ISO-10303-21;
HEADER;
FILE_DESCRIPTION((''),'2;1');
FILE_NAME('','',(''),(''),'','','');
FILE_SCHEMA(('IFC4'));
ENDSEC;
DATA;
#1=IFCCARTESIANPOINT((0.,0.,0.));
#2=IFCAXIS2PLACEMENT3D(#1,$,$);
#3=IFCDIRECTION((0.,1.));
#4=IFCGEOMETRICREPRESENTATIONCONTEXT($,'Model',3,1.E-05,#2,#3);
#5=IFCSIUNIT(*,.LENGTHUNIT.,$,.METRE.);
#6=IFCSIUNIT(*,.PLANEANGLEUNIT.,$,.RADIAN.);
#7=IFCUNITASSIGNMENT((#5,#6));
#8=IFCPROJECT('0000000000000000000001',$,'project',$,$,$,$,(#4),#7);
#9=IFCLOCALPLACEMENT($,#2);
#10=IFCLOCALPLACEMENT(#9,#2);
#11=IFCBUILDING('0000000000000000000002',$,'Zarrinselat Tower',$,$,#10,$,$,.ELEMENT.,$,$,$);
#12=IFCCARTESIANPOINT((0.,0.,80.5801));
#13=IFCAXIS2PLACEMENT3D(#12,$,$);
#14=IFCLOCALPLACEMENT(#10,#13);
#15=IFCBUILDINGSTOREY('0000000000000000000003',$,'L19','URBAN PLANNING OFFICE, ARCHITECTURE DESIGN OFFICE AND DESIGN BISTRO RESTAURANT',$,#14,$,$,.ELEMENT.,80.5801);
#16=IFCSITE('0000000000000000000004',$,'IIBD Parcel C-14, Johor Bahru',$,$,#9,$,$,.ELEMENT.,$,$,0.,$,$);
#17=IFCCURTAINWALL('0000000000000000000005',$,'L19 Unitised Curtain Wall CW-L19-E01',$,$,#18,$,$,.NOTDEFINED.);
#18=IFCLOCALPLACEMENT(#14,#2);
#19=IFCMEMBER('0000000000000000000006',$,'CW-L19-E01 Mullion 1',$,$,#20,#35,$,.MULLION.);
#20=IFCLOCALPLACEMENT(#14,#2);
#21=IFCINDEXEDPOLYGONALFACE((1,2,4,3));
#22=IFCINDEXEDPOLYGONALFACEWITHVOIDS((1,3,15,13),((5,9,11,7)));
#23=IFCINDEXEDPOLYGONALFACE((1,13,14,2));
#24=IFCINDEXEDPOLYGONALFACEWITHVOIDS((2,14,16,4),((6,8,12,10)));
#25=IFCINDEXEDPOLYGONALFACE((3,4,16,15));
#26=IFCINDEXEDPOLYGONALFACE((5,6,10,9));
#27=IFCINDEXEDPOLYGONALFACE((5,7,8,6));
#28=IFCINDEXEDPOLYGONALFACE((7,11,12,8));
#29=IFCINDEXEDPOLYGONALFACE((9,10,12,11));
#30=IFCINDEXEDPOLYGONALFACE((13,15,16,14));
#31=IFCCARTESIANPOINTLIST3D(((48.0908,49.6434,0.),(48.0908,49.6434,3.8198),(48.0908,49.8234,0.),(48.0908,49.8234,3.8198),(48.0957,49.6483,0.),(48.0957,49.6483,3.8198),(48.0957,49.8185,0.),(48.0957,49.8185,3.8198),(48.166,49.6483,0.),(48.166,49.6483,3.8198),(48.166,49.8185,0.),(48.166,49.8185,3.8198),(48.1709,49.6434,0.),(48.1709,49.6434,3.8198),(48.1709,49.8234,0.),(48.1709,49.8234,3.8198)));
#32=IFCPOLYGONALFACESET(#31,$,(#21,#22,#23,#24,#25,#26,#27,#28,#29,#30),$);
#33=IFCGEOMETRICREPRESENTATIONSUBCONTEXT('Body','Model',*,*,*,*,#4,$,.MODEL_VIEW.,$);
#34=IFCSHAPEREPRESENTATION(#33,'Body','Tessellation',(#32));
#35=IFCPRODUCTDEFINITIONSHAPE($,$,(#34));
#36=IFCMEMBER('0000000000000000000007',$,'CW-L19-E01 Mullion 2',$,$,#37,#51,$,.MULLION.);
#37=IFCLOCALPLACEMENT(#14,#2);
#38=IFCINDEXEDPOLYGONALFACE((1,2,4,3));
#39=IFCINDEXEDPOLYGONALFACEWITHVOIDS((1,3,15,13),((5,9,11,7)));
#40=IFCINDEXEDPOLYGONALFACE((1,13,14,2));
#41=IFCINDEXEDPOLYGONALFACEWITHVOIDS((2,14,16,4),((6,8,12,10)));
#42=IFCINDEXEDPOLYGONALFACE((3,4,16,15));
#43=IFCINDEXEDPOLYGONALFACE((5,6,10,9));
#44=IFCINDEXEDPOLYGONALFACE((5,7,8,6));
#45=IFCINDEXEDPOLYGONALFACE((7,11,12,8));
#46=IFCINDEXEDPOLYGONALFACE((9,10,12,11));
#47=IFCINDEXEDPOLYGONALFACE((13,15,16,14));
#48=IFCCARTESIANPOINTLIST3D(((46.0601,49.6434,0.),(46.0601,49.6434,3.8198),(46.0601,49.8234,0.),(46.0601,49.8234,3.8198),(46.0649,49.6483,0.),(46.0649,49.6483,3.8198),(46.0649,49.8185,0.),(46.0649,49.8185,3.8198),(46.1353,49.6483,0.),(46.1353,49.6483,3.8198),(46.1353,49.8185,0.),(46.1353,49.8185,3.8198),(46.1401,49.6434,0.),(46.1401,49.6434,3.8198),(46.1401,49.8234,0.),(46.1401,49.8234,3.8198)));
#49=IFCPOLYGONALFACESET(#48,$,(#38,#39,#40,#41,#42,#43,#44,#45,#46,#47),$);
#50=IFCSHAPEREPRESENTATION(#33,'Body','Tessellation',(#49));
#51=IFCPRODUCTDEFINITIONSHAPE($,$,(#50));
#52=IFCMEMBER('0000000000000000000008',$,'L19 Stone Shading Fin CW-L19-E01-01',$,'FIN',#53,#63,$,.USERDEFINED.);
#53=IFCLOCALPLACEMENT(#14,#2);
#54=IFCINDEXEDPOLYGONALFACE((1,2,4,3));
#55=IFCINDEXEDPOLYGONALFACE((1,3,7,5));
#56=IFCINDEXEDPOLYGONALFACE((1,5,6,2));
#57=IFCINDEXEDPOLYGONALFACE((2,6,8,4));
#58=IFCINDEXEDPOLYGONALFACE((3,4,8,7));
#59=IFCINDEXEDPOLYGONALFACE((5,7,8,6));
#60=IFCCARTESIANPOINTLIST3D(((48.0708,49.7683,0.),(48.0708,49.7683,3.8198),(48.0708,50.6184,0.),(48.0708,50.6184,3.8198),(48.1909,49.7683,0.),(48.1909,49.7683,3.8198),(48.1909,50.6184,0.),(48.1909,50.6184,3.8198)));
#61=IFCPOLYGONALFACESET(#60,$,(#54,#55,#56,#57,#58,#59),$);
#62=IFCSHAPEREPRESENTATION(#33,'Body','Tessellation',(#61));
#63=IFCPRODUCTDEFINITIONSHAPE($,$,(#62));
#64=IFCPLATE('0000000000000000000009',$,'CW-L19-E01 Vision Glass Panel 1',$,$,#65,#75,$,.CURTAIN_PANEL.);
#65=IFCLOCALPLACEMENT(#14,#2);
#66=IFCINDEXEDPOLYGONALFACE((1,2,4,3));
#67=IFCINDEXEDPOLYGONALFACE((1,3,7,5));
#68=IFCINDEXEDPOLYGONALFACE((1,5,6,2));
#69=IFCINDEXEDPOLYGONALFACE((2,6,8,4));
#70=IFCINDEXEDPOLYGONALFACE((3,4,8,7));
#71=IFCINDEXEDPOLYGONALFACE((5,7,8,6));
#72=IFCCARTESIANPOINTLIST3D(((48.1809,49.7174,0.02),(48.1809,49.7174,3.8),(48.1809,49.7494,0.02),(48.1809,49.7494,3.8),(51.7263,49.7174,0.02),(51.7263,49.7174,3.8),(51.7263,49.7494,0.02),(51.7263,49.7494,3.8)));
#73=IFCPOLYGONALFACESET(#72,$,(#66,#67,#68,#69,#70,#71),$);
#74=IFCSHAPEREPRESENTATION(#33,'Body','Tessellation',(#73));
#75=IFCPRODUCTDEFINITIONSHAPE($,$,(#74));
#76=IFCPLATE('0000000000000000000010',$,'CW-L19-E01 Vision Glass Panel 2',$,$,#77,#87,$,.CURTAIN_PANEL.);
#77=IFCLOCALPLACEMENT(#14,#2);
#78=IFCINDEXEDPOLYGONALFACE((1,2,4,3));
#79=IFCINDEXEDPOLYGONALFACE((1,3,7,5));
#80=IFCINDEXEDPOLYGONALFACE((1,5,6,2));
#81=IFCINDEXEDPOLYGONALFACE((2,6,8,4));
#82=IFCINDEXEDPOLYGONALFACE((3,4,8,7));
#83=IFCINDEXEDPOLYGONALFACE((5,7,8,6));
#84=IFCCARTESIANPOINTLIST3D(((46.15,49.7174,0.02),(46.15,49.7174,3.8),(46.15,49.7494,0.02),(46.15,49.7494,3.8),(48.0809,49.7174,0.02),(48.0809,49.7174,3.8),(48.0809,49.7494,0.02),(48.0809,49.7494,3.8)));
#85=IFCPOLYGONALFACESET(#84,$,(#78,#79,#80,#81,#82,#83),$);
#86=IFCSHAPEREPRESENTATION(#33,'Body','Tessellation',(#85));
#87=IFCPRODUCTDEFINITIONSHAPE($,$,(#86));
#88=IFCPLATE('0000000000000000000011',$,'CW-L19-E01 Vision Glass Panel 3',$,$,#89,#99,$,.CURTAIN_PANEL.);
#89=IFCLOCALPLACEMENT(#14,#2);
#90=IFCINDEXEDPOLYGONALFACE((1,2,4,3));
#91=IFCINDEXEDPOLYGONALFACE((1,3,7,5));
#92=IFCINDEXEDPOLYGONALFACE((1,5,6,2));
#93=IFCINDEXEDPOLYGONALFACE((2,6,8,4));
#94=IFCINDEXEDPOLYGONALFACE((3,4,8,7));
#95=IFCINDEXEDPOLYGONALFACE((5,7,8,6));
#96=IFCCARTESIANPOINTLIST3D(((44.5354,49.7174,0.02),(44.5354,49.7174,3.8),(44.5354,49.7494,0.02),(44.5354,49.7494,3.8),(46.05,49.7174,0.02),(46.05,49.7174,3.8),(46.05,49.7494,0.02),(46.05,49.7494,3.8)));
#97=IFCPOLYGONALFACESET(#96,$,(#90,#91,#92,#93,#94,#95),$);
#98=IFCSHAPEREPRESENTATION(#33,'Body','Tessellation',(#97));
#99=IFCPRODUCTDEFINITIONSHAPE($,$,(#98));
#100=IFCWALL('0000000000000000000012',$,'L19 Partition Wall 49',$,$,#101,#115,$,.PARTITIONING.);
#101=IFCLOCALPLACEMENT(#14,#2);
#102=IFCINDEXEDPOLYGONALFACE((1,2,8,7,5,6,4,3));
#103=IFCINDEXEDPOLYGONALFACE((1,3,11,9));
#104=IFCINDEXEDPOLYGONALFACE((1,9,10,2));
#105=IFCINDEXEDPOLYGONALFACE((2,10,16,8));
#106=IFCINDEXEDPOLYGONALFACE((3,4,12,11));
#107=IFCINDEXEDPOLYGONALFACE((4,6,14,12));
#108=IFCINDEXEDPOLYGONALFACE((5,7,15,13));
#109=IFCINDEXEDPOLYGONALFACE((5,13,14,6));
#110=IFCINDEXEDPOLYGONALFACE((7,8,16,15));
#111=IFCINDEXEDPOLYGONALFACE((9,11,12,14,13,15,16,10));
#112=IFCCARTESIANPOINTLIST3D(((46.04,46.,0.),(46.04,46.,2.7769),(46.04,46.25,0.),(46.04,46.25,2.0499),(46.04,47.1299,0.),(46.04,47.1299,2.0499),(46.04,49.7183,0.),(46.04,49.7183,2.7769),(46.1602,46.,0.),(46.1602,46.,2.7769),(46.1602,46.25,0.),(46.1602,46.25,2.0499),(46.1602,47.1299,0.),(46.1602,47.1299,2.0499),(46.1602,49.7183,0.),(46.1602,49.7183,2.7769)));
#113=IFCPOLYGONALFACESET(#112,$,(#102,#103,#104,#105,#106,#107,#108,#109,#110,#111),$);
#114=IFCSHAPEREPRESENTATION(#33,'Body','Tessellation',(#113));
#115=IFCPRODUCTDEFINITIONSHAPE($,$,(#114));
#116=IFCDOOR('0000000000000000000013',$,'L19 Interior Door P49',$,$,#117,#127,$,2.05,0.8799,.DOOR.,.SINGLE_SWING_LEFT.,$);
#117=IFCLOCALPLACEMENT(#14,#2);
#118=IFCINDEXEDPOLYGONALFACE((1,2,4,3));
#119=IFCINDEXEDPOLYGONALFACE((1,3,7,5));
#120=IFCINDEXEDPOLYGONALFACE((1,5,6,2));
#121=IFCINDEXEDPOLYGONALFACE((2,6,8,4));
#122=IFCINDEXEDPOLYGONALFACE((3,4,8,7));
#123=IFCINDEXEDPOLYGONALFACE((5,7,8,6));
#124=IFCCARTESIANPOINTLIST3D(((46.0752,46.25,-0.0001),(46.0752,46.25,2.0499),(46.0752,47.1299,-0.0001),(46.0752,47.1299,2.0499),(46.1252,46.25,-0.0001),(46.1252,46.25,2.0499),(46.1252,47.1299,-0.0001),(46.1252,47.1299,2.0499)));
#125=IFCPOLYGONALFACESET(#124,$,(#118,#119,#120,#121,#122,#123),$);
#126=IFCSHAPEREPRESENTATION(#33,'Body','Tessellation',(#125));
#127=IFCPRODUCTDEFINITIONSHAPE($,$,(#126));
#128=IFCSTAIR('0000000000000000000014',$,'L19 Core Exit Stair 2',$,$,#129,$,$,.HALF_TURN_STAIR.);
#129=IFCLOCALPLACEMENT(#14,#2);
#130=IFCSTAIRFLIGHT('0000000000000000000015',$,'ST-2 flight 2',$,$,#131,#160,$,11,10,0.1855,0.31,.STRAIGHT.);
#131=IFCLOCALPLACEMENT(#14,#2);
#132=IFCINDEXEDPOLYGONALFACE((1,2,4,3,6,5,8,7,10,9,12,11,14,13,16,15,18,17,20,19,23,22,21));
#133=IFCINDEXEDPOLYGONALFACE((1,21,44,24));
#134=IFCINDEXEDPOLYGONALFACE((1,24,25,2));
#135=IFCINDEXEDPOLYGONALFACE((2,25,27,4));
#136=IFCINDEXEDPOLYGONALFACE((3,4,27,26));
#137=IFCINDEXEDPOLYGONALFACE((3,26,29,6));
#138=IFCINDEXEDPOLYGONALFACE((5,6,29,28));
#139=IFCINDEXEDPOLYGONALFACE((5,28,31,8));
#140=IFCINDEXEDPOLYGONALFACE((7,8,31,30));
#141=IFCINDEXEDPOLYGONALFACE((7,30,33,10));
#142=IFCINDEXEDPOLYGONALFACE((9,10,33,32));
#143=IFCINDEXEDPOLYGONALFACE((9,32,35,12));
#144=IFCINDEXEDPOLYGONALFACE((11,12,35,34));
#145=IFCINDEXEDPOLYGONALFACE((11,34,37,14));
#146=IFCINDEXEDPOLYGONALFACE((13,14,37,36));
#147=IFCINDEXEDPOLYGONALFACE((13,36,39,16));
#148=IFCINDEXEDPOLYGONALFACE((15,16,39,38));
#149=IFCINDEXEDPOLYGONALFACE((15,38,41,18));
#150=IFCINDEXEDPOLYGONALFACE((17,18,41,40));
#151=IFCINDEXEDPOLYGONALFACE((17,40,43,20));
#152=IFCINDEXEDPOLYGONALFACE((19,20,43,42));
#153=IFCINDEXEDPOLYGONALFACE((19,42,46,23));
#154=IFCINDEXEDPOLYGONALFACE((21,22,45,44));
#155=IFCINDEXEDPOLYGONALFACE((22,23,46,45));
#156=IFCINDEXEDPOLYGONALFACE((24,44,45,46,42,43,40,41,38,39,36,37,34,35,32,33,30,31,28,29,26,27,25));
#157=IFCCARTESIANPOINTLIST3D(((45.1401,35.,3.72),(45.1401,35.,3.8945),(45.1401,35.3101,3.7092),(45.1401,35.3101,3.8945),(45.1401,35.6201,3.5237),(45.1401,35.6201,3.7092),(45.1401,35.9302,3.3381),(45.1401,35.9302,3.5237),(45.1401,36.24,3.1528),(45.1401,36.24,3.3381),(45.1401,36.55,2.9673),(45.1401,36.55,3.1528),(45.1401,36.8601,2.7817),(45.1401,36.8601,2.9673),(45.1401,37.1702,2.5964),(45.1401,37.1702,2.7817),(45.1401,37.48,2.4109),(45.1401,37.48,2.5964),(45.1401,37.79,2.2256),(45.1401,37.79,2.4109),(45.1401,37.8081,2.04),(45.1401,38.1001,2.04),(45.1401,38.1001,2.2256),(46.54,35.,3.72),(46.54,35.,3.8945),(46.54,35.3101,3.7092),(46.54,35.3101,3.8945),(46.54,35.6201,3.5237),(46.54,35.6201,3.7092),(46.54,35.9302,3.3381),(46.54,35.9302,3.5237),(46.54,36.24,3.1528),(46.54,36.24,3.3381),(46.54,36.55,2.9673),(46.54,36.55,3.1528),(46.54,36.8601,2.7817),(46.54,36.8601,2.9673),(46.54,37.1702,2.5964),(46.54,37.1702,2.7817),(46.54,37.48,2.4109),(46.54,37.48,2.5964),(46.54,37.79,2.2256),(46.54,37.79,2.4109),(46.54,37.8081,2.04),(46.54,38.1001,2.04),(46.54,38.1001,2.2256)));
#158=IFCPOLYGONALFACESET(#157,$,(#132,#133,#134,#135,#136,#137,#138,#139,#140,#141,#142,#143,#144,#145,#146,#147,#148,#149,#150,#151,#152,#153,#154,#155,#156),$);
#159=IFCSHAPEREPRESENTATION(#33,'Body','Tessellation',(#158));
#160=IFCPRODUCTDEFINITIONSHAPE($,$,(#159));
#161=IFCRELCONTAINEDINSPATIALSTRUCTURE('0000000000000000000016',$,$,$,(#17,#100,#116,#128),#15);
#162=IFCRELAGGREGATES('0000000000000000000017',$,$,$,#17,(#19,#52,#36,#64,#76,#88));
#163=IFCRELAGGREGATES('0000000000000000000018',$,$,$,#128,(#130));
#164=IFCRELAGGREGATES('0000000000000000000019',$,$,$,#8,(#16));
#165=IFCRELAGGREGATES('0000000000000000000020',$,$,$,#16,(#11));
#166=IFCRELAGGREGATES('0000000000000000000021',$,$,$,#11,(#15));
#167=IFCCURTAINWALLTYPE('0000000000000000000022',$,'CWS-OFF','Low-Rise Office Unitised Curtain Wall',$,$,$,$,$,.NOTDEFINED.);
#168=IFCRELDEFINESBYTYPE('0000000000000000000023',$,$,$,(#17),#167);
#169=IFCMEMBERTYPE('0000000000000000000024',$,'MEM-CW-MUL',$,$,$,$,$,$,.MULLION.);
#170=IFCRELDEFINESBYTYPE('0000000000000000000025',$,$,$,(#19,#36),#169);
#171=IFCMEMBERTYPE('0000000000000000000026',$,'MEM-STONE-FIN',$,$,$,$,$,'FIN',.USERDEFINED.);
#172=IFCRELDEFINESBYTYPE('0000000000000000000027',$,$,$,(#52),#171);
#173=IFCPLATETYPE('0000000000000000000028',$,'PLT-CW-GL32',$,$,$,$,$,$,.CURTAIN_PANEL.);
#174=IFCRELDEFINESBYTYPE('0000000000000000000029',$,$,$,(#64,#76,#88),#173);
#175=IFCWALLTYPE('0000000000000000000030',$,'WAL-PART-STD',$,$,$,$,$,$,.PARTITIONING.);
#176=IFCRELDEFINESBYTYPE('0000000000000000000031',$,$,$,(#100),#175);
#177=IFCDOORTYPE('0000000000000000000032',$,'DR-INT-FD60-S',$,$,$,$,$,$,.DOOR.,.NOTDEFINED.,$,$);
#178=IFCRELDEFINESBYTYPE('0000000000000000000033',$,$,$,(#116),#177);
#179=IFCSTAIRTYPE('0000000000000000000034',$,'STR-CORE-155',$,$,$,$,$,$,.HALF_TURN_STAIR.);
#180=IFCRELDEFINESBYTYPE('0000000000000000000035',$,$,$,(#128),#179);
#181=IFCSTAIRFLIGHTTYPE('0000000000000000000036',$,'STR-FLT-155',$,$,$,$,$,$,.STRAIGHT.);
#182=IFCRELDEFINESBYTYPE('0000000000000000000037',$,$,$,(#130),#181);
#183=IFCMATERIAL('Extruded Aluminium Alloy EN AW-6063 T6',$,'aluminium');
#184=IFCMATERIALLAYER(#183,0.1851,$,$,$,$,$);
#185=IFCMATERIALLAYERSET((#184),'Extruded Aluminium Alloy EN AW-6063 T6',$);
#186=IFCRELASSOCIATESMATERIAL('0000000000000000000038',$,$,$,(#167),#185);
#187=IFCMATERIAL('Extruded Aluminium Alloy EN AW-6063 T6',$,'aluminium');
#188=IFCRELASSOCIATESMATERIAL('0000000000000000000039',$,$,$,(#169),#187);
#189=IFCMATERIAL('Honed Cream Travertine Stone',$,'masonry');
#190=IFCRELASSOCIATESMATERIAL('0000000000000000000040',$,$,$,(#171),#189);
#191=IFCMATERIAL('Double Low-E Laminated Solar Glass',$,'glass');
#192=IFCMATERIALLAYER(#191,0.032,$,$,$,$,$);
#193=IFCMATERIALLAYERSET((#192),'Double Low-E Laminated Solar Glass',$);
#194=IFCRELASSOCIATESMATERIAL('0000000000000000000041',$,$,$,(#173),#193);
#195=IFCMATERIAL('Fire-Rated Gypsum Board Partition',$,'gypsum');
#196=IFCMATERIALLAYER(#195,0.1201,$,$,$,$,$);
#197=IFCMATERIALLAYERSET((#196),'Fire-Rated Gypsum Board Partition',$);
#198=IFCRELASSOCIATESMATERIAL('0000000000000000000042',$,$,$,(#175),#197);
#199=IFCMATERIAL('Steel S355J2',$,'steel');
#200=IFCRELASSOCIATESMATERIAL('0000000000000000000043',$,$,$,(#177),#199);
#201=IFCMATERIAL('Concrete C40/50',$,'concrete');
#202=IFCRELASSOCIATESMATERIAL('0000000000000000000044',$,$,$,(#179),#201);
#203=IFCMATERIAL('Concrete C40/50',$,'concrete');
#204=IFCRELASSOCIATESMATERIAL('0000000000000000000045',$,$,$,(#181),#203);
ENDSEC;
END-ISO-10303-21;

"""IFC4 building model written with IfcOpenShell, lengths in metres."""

from ifc_helpers import new_model, si_unit, direction, frame, frame_2d, origin, origin_2d, place, context, subcontext, project, spatial, polyline, rectangle, hollow_rectangle, outline, extrude, material, layer, layer_set, material_profile, profile_set, type_object, element, fill, aggregate, save


model = new_model("IFC4")

# Units and contexts
model_context = context("Model", 3, precision=1e-05, world=origin(), true_north=direction((0.0, 1.0)))
body_context = subcontext(model_context, "Body", "Model", "MODEL_VIEW")
ifc_project = project(units=[si_unit("LENGTHUNIT", "METRE"), si_unit("PLANEANGLEUNIT", "RADIAN")], contexts=[model_context])

# Site, building, storey
site_placement = place(None, origin())
site = spatial("IfcSite", under=ifc_project, at=site_placement, Name="IIBD Parcel C-14, Johor Bahru", CompositionType="ELEMENT", RefElevation=0.0)
building_placement = place(site_placement, origin())
building = spatial("IfcBuilding", under=site, at=building_placement, Name="Zarrinselat Tower", CompositionType="ELEMENT")
storey_placement = place(building_placement, frame((0.0, 0.0, 80.5801)))
storey = spatial("IfcBuildingStorey", under=building, at=storey_placement, Name="L19", Description="URBAN PLANNING OFFICE, ARCHITECTURE DESIGN OFFICE AND DESIGN BISTRO RESTAURANT", CompositionType="ELEMENT", Elevation=80.5801)

# Curtain wall, members, plates
ifc_material_1 = material(Name="Extruded Aluminium Alloy EN AW-6063 T6", Category="aluminium")
ifc_layer_1 = layer(ifc_material_1, 0.1851)
ifc_layer_set_1 = layer_set([ifc_layer_1], Name="Extruded Aluminium Alloy EN AW-6063 T6")
curtain_wall_type = type_object("IfcCurtainWallType", Name="CWS-OFF", Description="Low-Rise Office Unitised Curtain Wall", PredefinedType="NOTDEFINED", material=ifc_layer_set_1)
curtain_wall_placement = place(storey_placement, origin())
curtain_wall = element("IfcCurtainWall", 1, at=curtain_wall_placement, inside=storey, type_object=curtain_wall_type, Name="L19 Unitised Curtain Wall CW-L19-E01", PredefinedType="NOTDEFINED")
ifc_material_2 = material(Name="Extruded Aluminium Alloy EN AW-6063 T6", Category="aluminium")
ifc_material_profile_1 = material_profile(ifc_material_2, hollow_rectangle(XDim=0.0801, YDim=0.1799, WallThickness=0.0049, at=origin_2d()), Name="RHS 180x80x5")
ifc_profile_set_1 = profile_set([ifc_material_profile_1], Name="Extruded Aluminium Alloy EN AW-6063 T6")
member_type_1 = type_object("IfcMemberType", Name="MEM-CW-MUL", PredefinedType="MULLION", material=ifc_profile_set_1)
member_1_placement = place(storey_placement, frame((48.1309, 49.7334, 0.0), z_axis=(0.0, 0.0, 1.0), x_axis=(-1.0, 0.0, 0.0)))
member_1 = element("IfcMember", 2, at=member_1_placement, type_object=member_type_1, Name="CW-L19-E01 Mullion 1", PredefinedType="MULLION", context=body_context, shape_type="SweptSolid", body=[
    extrude(hollow_rectangle(XDim=0.0801, YDim=0.1799, WallThickness=0.0049, at=origin_2d()), origin(), (0.0, 0.0, 1.0), 3.8198),
])
member_2_placement = place(storey_placement, frame((46.1001, 49.7334, 0.0), z_axis=(0.0, 0.0, 1.0), x_axis=(-1.0, 0.0, 0.0)))
member_2 = element("IfcMember", 3, at=member_2_placement, type_object=member_type_1, Name="CW-L19-E01 Mullion 2", PredefinedType="MULLION", context=body_context, shape_type="SweptSolid", body=[
    extrude(hollow_rectangle(XDim=0.0801, YDim=0.1799, WallThickness=0.0049, at=origin_2d()), origin(), (0.0, 0.0, 1.0), 3.8198),
])
ifc_material_3 = material(Name="Honed Cream Travertine Stone", Category="masonry")
ifc_material_profile_2 = material_profile(ifc_material_3, rectangle(XDim=0.1201, YDim=0.8501, at=origin_2d()), Name="FIN 850x120")
ifc_profile_set_2 = profile_set([ifc_material_profile_2], Name="Honed Cream Travertine Stone")
member_type_2 = type_object("IfcMemberType", Name="MEM-STONE-FIN", ElementType="FIN", PredefinedType="USERDEFINED", material=ifc_profile_set_2)
member_3_placement = place(storey_placement, frame((48.1309, 50.1934, 0.0), z_axis=(0.0, 0.0, 1.0), x_axis=(1.0, 0.0, 0.0)))
member_3 = element("IfcMember", 4, at=member_3_placement, type_object=member_type_2, Name="L19 Stone Shading Fin CW-L19-E01-01", ObjectType="FIN", PredefinedType="USERDEFINED", context=body_context, shape_type="SweptSolid", body=[
    extrude(rectangle(XDim=0.1201, YDim=0.8501, at=origin_2d()), origin(), (0.0, 0.0, 1.0), 3.8198),
])
ifc_material_4 = material(Name="Double Low-E Laminated Solar Glass", Category="glass")
ifc_layer_2 = layer(ifc_material_4, 0.032)
ifc_layer_set_2 = layer_set([ifc_layer_2], Name="Double Low-E Laminated Solar Glass")
plate_type = type_object("IfcPlateType", Name="PLT-CW-GL32", PredefinedType="CURTAIN_PANEL", material=ifc_layer_set_2)
plate_1_placement = place(storey_placement, frame((49.9536, 49.7334, 0.02), z_axis=(0.0, 0.0, 1.0), x_axis=(-1.0, 0.0, 0.0)))
plate_1 = element("IfcPlate", 5, at=plate_1_placement, type_object=plate_type, Name="CW-L19-E01 Vision Glass Panel 1", PredefinedType="CURTAIN_PANEL", context=body_context, shape_type="SweptSolid", body=[
    extrude(rectangle(XDim=3.5454, YDim=0.032, at=origin_2d()), origin(), (0.0, 0.0, 1.0), 3.78),
])
plate_2_placement = place(storey_placement, frame((47.1155, 49.7334, 0.02), z_axis=(0.0, 0.0, 1.0), x_axis=(-1.0, 0.0, 0.0)))
plate_2 = element("IfcPlate", 6, at=plate_2_placement, type_object=plate_type, Name="CW-L19-E01 Vision Glass Panel 2", PredefinedType="CURTAIN_PANEL", context=body_context, shape_type="SweptSolid", body=[
    extrude(rectangle(XDim=1.9309, YDim=0.032, at=origin_2d()), origin(), (0.0, 0.0, 1.0), 3.78),
])
plate_3_placement = place(storey_placement, frame((45.2927, 49.7334, 0.02), z_axis=(0.0, 0.0, 1.0), x_axis=(-1.0, 0.0, 0.0)))
plate_3 = element("IfcPlate", 7, at=plate_3_placement, type_object=plate_type, Name="CW-L19-E01 Vision Glass Panel 3", PredefinedType="CURTAIN_PANEL", context=body_context, shape_type="SweptSolid", body=[
    extrude(rectangle(XDim=1.5146, YDim=0.032, at=origin_2d()), origin(), (0.0, 0.0, 1.0), 3.78),
])
aggregate(curtain_wall, [member_1, member_3, member_2, plate_1, plate_2, plate_3])

# Wall, opening, door
ifc_material_5 = material(Name="Fire-Rated Gypsum Board Partition", Category="gypsum")
ifc_layer_3 = layer(ifc_material_5, 0.1201)
ifc_layer_set_3 = layer_set([ifc_layer_3], Name="Fire-Rated Gypsum Board Partition")
wall_type = type_object("IfcWallType", Name="WAL-PART-STD", PredefinedType="PARTITIONING", material=ifc_layer_set_3)
wall_placement = place(storey_placement, frame((46.1001, 46.0, 0.0), z_axis=(0.0, 0.0, 1.0), x_axis=(0.0, 1.0, 0.0)))
wall = element("IfcWall", 8, at=wall_placement, inside=storey, type_object=wall_type, Name="L19 Partition Wall 49", PredefinedType="PARTITIONING", context=body_context, shape_type="SweptSolid", body=[
    extrude(rectangle(XDim=3.7183, YDim=0.1201, at=frame_2d((1.8591, 0.0))), origin(), (0.0, 0.0, 1.0), 2.7769),
])
opening_placement = place(wall_placement, frame((0.25, 0.0, 0.0)))
opening = element("IfcOpeningElement", 9, at=opening_placement, cuts=wall, PredefinedType="OPENING", context=body_context, shape_type="SweptSolid", body=[
    extrude(rectangle(XDim=0.8799, YDim=2.05, at=frame_2d((0.4399, 1.0249))), frame((0.0, 0.0701, 0.0), z_axis=(0.0, -1.0, 0.0), x_axis=(1.0, 0.0, 0.0)), (0.0, 0.0, 1.0), 0.1401),
])
ifc_material_6 = material(Name="Steel S355J2", Category="steel")
door_type = type_object("IfcDoorType", Name="DR-INT-FD60-S", OperationType="NOTDEFINED", PredefinedType="DOOR", material=ifc_material_6)
door_placement = place(opening_placement, origin())
door = element("IfcDoor", 10, at=door_placement, inside=storey, type_object=door_type, Name="L19 Interior Door P49", OperationType="SINGLE_SWING_LEFT", OverallHeight=2.05, OverallWidth=0.8799, PredefinedType="DOOR", context=body_context, shape_type="SweptSolid", body=[
    extrude(rectangle(XDim=0.8799, YDim=2.05, at=frame_2d((0.4399, 1.0249))), frame((0.0, 0.0249, 0.0), z_axis=(0.0, -1.0, 0.0), x_axis=(1.0, 0.0, 0.0)), (0.0, 0.0, 1.0), 0.05),
])
fill(opening, door)

# Stair, stair flight
ifc_material_7 = material(Name="Concrete C40/50", Category="concrete")
stair_type = type_object("IfcStairType", Name="STR-CORE-155", PredefinedType="HALF_TURN_STAIR", material=ifc_material_7)
stair_placement = place(storey_placement, origin())
stair = element("IfcStair", 11, at=stair_placement, inside=storey, type_object=stair_type, Name="L19 Core Exit Stair 2", PredefinedType="HALF_TURN_STAIR")
ifc_material_8 = material(Name="Concrete C40/50", Category="concrete")
stair_flight_type = type_object("IfcStairFlightType", Name="STR-FLT-155", PredefinedType="STRAIGHT", material=ifc_material_8)
stair_flight_placement = place(storey_placement, frame((45.8401, 38.1001, 2.04), z_axis=(0.0, 0.0, 1.0), x_axis=(0.0, -1.0, 0.0)))
stair_flight = element("IfcStairFlight", 12, at=stair_flight_placement, type_object=stair_flight_type, Name="ST-2 flight 2", NumberOfRisers=11, NumberOfTreads=10, PredefinedType="STRAIGHT", RiserHeight=0.1855, TreadLength=0.31, context=body_context, shape_type="SweptSolid", body=[
    extrude(outline(polyline([(0.0, 0.0), (0.0, 0.1855), (0.3101, 0.1855), (0.3101, 0.3708), (0.6201, 0.3708), (0.6201, 0.5564), (0.9299, 0.5564), (0.9299, 0.7417), (1.24, 0.7417), (1.24, 0.9272), (1.55, 0.9272), (1.55, 1.1128), (1.8601, 1.1128), (1.8601, 1.2981), (2.1699, 1.2981), (2.1699, 1.4836), (2.48, 1.4836), (2.48, 1.6692), (2.79, 1.6692), (2.79, 1.8545), (3.1001, 1.8545), (3.1001, 2.04), (3.1001, 1.6799), (0.292, 0.0), (0.0, 0.0)])), frame((0.0, 0.7, 0.0), z_axis=(0.0, -1.0, 0.0), x_axis=(1.0, 0.0, 0.0)), (0.0, 0.0, 1.0), 1.3999),
])
aggregate(stair, [stair_flight])

save(model, "model.ifc")
